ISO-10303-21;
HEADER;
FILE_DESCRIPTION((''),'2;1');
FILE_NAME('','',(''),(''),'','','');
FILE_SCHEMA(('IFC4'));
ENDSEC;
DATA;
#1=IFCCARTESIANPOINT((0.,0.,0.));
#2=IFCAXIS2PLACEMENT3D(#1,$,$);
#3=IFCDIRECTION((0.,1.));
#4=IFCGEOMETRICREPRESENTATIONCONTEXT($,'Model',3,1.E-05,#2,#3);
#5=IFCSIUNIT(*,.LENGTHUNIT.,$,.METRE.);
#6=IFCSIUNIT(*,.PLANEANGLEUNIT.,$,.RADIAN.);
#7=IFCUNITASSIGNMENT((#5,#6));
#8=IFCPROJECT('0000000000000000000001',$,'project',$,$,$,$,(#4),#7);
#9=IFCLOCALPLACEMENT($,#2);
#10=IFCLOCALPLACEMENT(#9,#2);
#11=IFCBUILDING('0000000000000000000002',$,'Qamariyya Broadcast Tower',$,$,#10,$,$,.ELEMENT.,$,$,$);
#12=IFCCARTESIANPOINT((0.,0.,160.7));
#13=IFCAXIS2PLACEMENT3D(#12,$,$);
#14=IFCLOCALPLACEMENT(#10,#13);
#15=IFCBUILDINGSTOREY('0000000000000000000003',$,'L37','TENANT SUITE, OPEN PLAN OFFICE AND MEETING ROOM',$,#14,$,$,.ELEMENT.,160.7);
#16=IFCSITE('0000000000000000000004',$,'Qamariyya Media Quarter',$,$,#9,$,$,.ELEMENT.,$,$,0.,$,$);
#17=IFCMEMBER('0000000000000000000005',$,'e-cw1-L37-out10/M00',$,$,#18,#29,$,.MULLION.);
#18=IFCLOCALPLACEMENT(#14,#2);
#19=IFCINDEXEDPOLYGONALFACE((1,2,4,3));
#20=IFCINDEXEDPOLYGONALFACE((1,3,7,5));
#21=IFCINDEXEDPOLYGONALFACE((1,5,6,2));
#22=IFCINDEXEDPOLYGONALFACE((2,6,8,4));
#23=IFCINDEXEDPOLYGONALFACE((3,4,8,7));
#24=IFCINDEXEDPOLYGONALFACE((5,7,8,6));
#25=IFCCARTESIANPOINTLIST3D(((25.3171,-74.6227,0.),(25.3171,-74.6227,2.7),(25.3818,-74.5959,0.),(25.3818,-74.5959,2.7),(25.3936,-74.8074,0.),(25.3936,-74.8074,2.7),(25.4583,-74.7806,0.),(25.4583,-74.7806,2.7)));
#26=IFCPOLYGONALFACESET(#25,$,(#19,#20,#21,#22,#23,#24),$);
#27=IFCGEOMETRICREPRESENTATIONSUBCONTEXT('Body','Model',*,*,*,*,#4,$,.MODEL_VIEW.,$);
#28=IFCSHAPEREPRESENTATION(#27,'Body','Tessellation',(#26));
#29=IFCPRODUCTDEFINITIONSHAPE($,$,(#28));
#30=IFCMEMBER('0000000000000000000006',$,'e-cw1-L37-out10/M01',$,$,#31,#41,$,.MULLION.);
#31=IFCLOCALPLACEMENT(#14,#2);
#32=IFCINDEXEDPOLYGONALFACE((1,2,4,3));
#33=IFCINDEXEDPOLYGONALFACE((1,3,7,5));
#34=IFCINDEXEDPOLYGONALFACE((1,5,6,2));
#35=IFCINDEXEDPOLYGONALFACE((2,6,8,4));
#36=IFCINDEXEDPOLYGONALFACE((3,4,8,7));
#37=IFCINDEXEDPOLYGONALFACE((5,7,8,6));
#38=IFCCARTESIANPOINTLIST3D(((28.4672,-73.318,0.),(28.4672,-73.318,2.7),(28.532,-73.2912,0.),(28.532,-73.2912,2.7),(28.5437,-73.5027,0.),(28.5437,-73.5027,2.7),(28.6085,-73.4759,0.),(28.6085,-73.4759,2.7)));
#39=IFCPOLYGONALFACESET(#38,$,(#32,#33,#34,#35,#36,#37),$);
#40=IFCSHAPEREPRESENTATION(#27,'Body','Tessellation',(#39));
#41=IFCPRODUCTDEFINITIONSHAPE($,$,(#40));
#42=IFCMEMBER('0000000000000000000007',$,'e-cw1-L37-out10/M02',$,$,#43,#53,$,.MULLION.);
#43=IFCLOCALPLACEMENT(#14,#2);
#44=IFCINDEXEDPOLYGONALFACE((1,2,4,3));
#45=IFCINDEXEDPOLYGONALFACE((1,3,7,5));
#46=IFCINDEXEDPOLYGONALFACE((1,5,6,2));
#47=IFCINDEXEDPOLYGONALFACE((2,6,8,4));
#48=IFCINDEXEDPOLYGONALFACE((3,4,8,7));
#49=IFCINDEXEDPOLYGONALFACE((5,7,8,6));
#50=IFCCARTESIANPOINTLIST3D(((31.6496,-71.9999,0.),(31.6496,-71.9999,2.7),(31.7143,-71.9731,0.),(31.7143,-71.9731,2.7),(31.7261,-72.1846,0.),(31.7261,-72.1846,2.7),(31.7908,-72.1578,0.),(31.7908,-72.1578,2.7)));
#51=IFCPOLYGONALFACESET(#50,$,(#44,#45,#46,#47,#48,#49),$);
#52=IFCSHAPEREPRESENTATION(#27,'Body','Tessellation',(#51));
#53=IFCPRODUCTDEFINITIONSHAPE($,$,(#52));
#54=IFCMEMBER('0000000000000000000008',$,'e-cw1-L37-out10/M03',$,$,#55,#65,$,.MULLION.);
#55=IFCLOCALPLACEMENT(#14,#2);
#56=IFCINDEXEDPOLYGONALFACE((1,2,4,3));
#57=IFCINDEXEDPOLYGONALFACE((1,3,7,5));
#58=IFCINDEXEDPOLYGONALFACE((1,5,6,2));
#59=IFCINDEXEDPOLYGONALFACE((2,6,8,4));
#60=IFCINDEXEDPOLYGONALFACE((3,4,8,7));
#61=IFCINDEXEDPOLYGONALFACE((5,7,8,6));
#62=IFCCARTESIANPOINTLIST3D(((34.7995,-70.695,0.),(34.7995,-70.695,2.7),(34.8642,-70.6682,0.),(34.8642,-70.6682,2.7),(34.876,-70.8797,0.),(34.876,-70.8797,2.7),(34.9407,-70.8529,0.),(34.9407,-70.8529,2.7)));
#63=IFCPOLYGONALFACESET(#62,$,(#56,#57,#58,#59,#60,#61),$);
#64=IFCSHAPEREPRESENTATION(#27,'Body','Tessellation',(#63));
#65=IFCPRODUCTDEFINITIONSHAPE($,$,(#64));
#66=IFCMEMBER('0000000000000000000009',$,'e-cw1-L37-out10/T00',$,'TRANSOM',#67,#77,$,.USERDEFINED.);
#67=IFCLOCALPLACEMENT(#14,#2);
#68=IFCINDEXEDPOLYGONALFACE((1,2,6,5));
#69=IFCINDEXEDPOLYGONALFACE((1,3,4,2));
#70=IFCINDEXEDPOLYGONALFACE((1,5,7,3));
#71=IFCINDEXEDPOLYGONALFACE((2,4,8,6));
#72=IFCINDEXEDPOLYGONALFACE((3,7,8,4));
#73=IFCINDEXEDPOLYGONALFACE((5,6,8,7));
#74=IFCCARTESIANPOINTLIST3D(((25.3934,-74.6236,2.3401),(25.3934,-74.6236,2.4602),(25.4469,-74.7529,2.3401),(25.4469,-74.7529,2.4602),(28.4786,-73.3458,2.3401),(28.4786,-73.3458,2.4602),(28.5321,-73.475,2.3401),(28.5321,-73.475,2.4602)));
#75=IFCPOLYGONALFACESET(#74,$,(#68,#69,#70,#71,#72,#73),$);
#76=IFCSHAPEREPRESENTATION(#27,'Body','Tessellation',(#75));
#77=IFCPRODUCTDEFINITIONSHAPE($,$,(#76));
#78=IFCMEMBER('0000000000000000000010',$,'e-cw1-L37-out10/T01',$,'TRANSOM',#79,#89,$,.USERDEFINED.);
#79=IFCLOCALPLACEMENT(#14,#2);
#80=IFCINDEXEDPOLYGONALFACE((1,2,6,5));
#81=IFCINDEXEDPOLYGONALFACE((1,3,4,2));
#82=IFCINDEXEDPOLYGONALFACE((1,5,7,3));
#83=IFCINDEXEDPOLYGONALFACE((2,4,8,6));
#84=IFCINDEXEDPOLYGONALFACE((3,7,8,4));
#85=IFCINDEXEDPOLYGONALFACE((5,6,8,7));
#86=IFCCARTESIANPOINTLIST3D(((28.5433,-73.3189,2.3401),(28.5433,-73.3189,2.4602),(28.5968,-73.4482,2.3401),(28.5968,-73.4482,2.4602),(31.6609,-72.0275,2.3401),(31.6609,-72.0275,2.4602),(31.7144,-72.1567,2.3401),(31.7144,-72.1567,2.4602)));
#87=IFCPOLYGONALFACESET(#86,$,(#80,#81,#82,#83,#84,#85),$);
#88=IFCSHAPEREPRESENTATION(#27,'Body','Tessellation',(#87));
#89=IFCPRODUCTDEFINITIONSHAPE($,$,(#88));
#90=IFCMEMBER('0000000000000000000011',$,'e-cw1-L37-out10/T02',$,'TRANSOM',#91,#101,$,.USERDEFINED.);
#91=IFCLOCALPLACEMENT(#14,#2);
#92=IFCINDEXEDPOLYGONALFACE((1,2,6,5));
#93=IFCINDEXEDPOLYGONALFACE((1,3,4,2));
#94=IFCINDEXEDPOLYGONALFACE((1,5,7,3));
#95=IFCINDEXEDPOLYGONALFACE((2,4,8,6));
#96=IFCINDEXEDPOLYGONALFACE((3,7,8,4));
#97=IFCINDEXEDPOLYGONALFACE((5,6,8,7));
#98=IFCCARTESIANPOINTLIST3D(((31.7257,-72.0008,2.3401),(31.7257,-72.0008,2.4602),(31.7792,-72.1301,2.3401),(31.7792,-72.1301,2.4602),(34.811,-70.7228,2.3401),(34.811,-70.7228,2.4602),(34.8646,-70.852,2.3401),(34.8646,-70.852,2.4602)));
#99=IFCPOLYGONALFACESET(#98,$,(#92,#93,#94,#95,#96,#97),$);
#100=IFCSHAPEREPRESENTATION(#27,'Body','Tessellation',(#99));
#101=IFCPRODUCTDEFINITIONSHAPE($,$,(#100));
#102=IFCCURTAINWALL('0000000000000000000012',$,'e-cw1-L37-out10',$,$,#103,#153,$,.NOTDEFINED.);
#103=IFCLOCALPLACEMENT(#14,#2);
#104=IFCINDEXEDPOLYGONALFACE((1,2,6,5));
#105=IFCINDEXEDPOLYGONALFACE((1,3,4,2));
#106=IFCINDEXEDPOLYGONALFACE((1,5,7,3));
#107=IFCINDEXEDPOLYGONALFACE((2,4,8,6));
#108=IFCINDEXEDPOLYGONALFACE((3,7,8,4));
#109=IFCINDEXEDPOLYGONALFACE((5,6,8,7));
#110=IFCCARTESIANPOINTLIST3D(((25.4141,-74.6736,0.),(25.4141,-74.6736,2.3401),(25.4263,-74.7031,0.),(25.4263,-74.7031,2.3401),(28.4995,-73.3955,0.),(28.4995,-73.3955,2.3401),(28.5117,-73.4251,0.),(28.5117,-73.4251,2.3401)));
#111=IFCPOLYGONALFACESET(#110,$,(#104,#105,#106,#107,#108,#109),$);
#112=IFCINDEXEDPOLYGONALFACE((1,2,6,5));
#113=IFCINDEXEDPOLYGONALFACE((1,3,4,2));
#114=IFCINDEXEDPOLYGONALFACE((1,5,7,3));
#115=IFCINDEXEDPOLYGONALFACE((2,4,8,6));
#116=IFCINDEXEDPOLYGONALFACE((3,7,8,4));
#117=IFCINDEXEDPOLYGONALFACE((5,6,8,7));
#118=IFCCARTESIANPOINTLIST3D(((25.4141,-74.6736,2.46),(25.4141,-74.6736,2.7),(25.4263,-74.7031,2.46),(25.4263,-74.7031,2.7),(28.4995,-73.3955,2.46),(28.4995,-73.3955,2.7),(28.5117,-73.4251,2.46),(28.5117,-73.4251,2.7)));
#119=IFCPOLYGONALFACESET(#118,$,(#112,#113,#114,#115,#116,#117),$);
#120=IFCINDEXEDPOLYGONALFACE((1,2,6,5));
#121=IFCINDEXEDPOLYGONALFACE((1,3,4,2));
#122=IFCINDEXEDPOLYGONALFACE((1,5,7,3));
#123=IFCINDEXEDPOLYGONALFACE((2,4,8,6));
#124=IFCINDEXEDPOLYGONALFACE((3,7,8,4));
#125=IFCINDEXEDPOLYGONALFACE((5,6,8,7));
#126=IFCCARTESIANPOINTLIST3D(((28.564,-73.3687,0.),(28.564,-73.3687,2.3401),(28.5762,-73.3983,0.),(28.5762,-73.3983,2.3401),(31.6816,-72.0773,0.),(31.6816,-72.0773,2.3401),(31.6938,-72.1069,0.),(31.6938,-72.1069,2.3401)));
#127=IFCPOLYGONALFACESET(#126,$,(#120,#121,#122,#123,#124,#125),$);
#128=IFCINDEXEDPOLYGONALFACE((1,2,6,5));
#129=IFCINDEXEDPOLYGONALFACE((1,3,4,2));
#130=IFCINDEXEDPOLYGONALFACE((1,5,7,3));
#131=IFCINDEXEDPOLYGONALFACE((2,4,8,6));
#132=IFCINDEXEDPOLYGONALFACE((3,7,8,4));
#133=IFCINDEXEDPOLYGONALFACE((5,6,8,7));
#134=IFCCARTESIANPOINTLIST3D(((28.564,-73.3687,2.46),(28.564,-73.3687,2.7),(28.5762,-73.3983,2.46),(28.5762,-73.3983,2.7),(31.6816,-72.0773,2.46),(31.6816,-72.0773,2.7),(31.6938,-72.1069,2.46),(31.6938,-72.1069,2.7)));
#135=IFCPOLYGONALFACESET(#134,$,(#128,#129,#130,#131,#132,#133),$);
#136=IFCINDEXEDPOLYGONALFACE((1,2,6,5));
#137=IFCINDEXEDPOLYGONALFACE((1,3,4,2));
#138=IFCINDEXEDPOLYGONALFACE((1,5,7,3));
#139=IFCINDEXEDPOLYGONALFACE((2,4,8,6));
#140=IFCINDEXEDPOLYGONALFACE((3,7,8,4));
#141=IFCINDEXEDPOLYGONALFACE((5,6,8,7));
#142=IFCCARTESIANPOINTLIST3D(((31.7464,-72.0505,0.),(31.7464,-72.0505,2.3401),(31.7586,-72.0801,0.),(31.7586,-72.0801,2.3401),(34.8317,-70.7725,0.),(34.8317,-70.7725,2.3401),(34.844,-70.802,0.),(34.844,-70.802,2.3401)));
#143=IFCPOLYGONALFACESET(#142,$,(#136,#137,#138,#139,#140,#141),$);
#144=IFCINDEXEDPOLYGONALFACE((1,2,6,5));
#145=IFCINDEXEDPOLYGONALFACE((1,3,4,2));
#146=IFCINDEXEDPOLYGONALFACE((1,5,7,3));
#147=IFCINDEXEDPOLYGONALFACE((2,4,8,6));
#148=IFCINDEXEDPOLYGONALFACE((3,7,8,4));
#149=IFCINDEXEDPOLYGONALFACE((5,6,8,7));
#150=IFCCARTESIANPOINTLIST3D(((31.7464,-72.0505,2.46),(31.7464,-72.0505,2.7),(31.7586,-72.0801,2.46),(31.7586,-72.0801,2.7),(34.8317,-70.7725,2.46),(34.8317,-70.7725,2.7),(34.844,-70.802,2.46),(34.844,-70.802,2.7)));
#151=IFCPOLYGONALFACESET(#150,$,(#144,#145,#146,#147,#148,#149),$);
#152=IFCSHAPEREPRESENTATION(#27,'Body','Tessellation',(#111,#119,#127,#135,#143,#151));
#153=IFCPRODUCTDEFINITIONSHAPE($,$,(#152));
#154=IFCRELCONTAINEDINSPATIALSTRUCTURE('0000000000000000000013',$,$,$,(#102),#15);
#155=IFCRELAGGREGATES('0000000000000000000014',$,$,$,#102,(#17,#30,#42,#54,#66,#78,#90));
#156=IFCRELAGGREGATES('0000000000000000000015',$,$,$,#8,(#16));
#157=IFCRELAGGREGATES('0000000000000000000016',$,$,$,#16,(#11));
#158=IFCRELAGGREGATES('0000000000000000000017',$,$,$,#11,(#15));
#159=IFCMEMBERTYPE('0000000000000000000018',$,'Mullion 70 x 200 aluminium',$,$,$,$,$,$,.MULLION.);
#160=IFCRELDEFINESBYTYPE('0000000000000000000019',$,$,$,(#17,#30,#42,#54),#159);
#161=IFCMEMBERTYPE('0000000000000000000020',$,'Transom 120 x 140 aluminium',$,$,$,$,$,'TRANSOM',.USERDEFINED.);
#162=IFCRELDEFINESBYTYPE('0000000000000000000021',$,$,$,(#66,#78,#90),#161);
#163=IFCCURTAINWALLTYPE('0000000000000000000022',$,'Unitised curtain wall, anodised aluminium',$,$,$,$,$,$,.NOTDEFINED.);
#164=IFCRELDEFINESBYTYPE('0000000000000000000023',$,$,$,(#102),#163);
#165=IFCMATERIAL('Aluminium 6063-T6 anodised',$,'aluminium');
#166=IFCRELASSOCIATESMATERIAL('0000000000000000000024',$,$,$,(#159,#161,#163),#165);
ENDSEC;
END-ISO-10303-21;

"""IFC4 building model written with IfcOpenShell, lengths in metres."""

from ifc_helpers import new_model, si_unit, direction, frame, origin, origin_2d, place, context, subcontext, project, spatial, rectangle, extrude, material, material_profile, profile_set, type_object, element, aggregate, save


model = new_model("IFC4")

# Units and contexts
model_context = context("Model", 3, precision=1e-05, world=origin(), true_north=direction((0.0, 1.0)))
body_context = subcontext(model_context, "Body", "Model", "MODEL_VIEW")
ifc_project = project(units=[si_unit("LENGTHUNIT", "METRE"), si_unit("PLANEANGLEUNIT", "RADIAN")], contexts=[model_context])

# Members
ifc_material = material(Name="Aluminium 6063-T6 anodised", Category="aluminium")
ifc_material_profile_1 = material_profile(ifc_material, rectangle(XDim=0.2, YDim=0.0701, at=origin_2d()))
ifc_profile_set_1 = profile_set([ifc_material_profile_1], Name="Aluminium 6063-T6 anodised")
member_type_1 = type_object("IfcMemberType", Name="Mullion 70 x 200 aluminium", PredefinedType="MULLION", material=ifc_profile_set_1)
site_placement = place(None, origin())
building_placement = place(site_placement, origin())
storey_placement = place(building_placement, frame((0.0, 0.0, 160.7)))
member_1_placement = place(storey_placement, frame((25.3877, -74.7017, 0.0), z_axis=(0.0, 0.0, 1.0), x_axis=(-0.382683, 0.92388, 0.0)))
member_1 = element("IfcMember", 1, at=member_1_placement, type_object=member_type_1, Name="e-cw1-L37-out10/M00", PredefinedType="MULLION", context=body_context, shape_type="SweptSolid", body=[
    extrude(rectangle(XDim=0.2, YDim=0.0701, at=origin_2d()), origin(), (0.0, 0.0, 1.0), 2.7),
])
member_2_placement = place(storey_placement, frame((28.5378, -73.397, 0.0), z_axis=(0.0, 0.0, 1.0), x_axis=(-0.382683, 0.92388, 0.0)))
member_2 = element("IfcMember", 2, at=member_2_placement, type_object=member_type_1, Name="e-cw1-L37-out10/M01", PredefinedType="MULLION", context=body_context, shape_type="SweptSolid", body=[
    extrude(rectangle(XDim=0.2, YDim=0.0701, at=origin_2d()), origin(), (0.0, 0.0, 1.0), 2.7),
])
member_3_placement = place(storey_placement, frame((31.7202, -72.0789, 0.0), z_axis=(0.0, 0.0, 1.0), x_axis=(-0.382683, 0.92388, 0.0)))
member_3 = element("IfcMember", 3, at=member_3_placement, type_object=member_type_1, Name="e-cw1-L37-out10/M02", PredefinedType="MULLION", context=body_context, shape_type="SweptSolid", body=[
    extrude(rectangle(XDim=0.2, YDim=0.0701, at=origin_2d()), origin(), (0.0, 0.0, 1.0), 2.7),
])
member_4_placement = place(storey_placement, frame((34.8701, -70.7739, 0.0), z_axis=(0.0, 0.0, 1.0), x_axis=(-0.382683, 0.92388, 0.0)))
member_4 = element("IfcMember", 4, at=member_4_placement, type_object=member_type_1, Name="e-cw1-L37-out10/M03", PredefinedType="MULLION", context=body_context, shape_type="SweptSolid", body=[
    extrude(rectangle(XDim=0.2, YDim=0.0701, at=origin_2d()), origin(), (0.0, 0.0, 1.0), 2.7),
])
ifc_material_profile_2 = material_profile(ifc_material, rectangle(XDim=0.1399, YDim=0.1201, at=origin_2d()))
ifc_profile_set_2 = profile_set([ifc_material_profile_2], Name="Aluminium 6063-T6 anodised")
member_type_2 = type_object("IfcMemberType", Name="Transom 120 x 140 aluminium", ElementType="TRANSOM", PredefinedType="USERDEFINED", material=ifc_profile_set_2)
member_5_placement = place(storey_placement, frame((25.4202, -74.6882, 2.4001), z_axis=(0.92389, 0.382657, 0.0), x_axis=(-0.382657, 0.92389, 0.0)))
member_5 = element("IfcMember", 5, at=member_5_placement, type_object=member_type_2, Name="e-cw1-L37-out10/T00", ObjectType="TRANSOM", PredefinedType="USERDEFINED", context=body_context, shape_type="SweptSolid", body=[
    extrude(rectangle(XDim=0.1399, YDim=0.1201, at=origin_2d()), origin(), (0.0, 0.0, 1.0), 3.3394),
])
member_6_placement = place(storey_placement, frame((28.5701, -73.3835, 2.4001), z_axis=(0.923867, 0.382714, 0.0), x_axis=(-0.382714, 0.923867, 0.0)))
member_6 = element("IfcMember", 6, at=member_6_placement, type_object=member_type_2, Name="e-cw1-L37-out10/T01", ObjectType="TRANSOM", PredefinedType="USERDEFINED", context=body_context, shape_type="SweptSolid", body=[
    extrude(rectangle(XDim=0.1399, YDim=0.1201, at=origin_2d()), origin(), (0.0, 0.0, 1.0), 3.3745),
])
member_7_placement = place(storey_placement, frame((31.7524, -72.0654, 2.4001), z_axis=(0.923875, 0.382694, 0.0), x_axis=(-0.382694, 0.923875, 0.0)))
member_7 = element("IfcMember", 7, at=member_7_placement, type_object=member_type_2, Name="e-cw1-L37-out10/T02", ObjectType="TRANSOM", PredefinedType="USERDEFINED", context=body_context, shape_type="SweptSolid", body=[
    extrude(rectangle(XDim=0.1399, YDim=0.1201, at=origin_2d()), origin(), (0.0, 0.0, 1.0), 3.3396),
])

# Site, building, storey
site = spatial("IfcSite", under=ifc_project, at=site_placement, Name="Qamariyya Media Quarter", CompositionType="ELEMENT", RefElevation=0.0)
building = spatial("IfcBuilding", under=site, at=building_placement, Name="Qamariyya Broadcast Tower", CompositionType="ELEMENT")
storey = spatial("IfcBuildingStorey", under=building, at=storey_placement, Name="L37", Description="TENANT SUITE, OPEN PLAN OFFICE AND MEETING ROOM", CompositionType="ELEMENT", Elevation=160.7)

# Curtain wall
curtain_wall_type = type_object("IfcCurtainWallType", Name="Unitised curtain wall, anodised aluminium", PredefinedType="NOTDEFINED", material=ifc_material)
curtain_wall_1_placement = place(storey_placement, origin())
curtain_wall_1 = element("IfcCurtainWall", 8, at=curtain_wall_1_placement, inside=storey, type_object=curtain_wall_type, Name="e-cw1-L37-out10", PredefinedType="NOTDEFINED", context=body_context, shape_type="SweptSolid", body=[
    extrude(rectangle(XDim=3.3396, YDim=0.032, at=origin_2d()), frame((26.9629, -74.0493, 0.0), x_axis=(0.923878, 0.382687, 0.0)), (0.0, 0.0, 1.0), 2.3401),
    extrude(rectangle(XDim=3.3396, YDim=0.032, at=origin_2d()), frame((26.9629, -74.0493, 2.46), x_axis=(0.923878, 0.382687, 0.0)), (0.0, 0.0, 1.0), 0.24),
    extrude(rectangle(XDim=3.3745, YDim=0.032, at=origin_2d()), frame((30.1289, -72.7378, 0.0), x_axis=(0.923878, 0.382687, 0.0)), (0.0, 0.0, 1.0), 2.3401),
    extrude(rectangle(XDim=3.3745, YDim=0.032, at=origin_2d()), frame((30.1289, -72.7378, 2.46), x_axis=(0.923878, 0.382687, 0.0)), (0.0, 0.0, 1.0), 0.24),
    extrude(rectangle(XDim=3.3396, YDim=0.032, at=origin_2d()), frame((33.2952, -71.4263, 0.0), x_axis=(0.923878, 0.382687, 0.0)), (0.0, 0.0, 1.0), 2.3401),
    extrude(rectangle(XDim=3.3396, YDim=0.032, at=origin_2d()), frame((33.2952, -71.4263, 2.46), x_axis=(0.923878, 0.382687, 0.0)), (0.0, 0.0, 1.0), 0.24),
])
aggregate(curtain_wall_1, [member_1, member_2, member_3, member_4, member_5, member_6, member_7])

save(model, "model.ifc")
